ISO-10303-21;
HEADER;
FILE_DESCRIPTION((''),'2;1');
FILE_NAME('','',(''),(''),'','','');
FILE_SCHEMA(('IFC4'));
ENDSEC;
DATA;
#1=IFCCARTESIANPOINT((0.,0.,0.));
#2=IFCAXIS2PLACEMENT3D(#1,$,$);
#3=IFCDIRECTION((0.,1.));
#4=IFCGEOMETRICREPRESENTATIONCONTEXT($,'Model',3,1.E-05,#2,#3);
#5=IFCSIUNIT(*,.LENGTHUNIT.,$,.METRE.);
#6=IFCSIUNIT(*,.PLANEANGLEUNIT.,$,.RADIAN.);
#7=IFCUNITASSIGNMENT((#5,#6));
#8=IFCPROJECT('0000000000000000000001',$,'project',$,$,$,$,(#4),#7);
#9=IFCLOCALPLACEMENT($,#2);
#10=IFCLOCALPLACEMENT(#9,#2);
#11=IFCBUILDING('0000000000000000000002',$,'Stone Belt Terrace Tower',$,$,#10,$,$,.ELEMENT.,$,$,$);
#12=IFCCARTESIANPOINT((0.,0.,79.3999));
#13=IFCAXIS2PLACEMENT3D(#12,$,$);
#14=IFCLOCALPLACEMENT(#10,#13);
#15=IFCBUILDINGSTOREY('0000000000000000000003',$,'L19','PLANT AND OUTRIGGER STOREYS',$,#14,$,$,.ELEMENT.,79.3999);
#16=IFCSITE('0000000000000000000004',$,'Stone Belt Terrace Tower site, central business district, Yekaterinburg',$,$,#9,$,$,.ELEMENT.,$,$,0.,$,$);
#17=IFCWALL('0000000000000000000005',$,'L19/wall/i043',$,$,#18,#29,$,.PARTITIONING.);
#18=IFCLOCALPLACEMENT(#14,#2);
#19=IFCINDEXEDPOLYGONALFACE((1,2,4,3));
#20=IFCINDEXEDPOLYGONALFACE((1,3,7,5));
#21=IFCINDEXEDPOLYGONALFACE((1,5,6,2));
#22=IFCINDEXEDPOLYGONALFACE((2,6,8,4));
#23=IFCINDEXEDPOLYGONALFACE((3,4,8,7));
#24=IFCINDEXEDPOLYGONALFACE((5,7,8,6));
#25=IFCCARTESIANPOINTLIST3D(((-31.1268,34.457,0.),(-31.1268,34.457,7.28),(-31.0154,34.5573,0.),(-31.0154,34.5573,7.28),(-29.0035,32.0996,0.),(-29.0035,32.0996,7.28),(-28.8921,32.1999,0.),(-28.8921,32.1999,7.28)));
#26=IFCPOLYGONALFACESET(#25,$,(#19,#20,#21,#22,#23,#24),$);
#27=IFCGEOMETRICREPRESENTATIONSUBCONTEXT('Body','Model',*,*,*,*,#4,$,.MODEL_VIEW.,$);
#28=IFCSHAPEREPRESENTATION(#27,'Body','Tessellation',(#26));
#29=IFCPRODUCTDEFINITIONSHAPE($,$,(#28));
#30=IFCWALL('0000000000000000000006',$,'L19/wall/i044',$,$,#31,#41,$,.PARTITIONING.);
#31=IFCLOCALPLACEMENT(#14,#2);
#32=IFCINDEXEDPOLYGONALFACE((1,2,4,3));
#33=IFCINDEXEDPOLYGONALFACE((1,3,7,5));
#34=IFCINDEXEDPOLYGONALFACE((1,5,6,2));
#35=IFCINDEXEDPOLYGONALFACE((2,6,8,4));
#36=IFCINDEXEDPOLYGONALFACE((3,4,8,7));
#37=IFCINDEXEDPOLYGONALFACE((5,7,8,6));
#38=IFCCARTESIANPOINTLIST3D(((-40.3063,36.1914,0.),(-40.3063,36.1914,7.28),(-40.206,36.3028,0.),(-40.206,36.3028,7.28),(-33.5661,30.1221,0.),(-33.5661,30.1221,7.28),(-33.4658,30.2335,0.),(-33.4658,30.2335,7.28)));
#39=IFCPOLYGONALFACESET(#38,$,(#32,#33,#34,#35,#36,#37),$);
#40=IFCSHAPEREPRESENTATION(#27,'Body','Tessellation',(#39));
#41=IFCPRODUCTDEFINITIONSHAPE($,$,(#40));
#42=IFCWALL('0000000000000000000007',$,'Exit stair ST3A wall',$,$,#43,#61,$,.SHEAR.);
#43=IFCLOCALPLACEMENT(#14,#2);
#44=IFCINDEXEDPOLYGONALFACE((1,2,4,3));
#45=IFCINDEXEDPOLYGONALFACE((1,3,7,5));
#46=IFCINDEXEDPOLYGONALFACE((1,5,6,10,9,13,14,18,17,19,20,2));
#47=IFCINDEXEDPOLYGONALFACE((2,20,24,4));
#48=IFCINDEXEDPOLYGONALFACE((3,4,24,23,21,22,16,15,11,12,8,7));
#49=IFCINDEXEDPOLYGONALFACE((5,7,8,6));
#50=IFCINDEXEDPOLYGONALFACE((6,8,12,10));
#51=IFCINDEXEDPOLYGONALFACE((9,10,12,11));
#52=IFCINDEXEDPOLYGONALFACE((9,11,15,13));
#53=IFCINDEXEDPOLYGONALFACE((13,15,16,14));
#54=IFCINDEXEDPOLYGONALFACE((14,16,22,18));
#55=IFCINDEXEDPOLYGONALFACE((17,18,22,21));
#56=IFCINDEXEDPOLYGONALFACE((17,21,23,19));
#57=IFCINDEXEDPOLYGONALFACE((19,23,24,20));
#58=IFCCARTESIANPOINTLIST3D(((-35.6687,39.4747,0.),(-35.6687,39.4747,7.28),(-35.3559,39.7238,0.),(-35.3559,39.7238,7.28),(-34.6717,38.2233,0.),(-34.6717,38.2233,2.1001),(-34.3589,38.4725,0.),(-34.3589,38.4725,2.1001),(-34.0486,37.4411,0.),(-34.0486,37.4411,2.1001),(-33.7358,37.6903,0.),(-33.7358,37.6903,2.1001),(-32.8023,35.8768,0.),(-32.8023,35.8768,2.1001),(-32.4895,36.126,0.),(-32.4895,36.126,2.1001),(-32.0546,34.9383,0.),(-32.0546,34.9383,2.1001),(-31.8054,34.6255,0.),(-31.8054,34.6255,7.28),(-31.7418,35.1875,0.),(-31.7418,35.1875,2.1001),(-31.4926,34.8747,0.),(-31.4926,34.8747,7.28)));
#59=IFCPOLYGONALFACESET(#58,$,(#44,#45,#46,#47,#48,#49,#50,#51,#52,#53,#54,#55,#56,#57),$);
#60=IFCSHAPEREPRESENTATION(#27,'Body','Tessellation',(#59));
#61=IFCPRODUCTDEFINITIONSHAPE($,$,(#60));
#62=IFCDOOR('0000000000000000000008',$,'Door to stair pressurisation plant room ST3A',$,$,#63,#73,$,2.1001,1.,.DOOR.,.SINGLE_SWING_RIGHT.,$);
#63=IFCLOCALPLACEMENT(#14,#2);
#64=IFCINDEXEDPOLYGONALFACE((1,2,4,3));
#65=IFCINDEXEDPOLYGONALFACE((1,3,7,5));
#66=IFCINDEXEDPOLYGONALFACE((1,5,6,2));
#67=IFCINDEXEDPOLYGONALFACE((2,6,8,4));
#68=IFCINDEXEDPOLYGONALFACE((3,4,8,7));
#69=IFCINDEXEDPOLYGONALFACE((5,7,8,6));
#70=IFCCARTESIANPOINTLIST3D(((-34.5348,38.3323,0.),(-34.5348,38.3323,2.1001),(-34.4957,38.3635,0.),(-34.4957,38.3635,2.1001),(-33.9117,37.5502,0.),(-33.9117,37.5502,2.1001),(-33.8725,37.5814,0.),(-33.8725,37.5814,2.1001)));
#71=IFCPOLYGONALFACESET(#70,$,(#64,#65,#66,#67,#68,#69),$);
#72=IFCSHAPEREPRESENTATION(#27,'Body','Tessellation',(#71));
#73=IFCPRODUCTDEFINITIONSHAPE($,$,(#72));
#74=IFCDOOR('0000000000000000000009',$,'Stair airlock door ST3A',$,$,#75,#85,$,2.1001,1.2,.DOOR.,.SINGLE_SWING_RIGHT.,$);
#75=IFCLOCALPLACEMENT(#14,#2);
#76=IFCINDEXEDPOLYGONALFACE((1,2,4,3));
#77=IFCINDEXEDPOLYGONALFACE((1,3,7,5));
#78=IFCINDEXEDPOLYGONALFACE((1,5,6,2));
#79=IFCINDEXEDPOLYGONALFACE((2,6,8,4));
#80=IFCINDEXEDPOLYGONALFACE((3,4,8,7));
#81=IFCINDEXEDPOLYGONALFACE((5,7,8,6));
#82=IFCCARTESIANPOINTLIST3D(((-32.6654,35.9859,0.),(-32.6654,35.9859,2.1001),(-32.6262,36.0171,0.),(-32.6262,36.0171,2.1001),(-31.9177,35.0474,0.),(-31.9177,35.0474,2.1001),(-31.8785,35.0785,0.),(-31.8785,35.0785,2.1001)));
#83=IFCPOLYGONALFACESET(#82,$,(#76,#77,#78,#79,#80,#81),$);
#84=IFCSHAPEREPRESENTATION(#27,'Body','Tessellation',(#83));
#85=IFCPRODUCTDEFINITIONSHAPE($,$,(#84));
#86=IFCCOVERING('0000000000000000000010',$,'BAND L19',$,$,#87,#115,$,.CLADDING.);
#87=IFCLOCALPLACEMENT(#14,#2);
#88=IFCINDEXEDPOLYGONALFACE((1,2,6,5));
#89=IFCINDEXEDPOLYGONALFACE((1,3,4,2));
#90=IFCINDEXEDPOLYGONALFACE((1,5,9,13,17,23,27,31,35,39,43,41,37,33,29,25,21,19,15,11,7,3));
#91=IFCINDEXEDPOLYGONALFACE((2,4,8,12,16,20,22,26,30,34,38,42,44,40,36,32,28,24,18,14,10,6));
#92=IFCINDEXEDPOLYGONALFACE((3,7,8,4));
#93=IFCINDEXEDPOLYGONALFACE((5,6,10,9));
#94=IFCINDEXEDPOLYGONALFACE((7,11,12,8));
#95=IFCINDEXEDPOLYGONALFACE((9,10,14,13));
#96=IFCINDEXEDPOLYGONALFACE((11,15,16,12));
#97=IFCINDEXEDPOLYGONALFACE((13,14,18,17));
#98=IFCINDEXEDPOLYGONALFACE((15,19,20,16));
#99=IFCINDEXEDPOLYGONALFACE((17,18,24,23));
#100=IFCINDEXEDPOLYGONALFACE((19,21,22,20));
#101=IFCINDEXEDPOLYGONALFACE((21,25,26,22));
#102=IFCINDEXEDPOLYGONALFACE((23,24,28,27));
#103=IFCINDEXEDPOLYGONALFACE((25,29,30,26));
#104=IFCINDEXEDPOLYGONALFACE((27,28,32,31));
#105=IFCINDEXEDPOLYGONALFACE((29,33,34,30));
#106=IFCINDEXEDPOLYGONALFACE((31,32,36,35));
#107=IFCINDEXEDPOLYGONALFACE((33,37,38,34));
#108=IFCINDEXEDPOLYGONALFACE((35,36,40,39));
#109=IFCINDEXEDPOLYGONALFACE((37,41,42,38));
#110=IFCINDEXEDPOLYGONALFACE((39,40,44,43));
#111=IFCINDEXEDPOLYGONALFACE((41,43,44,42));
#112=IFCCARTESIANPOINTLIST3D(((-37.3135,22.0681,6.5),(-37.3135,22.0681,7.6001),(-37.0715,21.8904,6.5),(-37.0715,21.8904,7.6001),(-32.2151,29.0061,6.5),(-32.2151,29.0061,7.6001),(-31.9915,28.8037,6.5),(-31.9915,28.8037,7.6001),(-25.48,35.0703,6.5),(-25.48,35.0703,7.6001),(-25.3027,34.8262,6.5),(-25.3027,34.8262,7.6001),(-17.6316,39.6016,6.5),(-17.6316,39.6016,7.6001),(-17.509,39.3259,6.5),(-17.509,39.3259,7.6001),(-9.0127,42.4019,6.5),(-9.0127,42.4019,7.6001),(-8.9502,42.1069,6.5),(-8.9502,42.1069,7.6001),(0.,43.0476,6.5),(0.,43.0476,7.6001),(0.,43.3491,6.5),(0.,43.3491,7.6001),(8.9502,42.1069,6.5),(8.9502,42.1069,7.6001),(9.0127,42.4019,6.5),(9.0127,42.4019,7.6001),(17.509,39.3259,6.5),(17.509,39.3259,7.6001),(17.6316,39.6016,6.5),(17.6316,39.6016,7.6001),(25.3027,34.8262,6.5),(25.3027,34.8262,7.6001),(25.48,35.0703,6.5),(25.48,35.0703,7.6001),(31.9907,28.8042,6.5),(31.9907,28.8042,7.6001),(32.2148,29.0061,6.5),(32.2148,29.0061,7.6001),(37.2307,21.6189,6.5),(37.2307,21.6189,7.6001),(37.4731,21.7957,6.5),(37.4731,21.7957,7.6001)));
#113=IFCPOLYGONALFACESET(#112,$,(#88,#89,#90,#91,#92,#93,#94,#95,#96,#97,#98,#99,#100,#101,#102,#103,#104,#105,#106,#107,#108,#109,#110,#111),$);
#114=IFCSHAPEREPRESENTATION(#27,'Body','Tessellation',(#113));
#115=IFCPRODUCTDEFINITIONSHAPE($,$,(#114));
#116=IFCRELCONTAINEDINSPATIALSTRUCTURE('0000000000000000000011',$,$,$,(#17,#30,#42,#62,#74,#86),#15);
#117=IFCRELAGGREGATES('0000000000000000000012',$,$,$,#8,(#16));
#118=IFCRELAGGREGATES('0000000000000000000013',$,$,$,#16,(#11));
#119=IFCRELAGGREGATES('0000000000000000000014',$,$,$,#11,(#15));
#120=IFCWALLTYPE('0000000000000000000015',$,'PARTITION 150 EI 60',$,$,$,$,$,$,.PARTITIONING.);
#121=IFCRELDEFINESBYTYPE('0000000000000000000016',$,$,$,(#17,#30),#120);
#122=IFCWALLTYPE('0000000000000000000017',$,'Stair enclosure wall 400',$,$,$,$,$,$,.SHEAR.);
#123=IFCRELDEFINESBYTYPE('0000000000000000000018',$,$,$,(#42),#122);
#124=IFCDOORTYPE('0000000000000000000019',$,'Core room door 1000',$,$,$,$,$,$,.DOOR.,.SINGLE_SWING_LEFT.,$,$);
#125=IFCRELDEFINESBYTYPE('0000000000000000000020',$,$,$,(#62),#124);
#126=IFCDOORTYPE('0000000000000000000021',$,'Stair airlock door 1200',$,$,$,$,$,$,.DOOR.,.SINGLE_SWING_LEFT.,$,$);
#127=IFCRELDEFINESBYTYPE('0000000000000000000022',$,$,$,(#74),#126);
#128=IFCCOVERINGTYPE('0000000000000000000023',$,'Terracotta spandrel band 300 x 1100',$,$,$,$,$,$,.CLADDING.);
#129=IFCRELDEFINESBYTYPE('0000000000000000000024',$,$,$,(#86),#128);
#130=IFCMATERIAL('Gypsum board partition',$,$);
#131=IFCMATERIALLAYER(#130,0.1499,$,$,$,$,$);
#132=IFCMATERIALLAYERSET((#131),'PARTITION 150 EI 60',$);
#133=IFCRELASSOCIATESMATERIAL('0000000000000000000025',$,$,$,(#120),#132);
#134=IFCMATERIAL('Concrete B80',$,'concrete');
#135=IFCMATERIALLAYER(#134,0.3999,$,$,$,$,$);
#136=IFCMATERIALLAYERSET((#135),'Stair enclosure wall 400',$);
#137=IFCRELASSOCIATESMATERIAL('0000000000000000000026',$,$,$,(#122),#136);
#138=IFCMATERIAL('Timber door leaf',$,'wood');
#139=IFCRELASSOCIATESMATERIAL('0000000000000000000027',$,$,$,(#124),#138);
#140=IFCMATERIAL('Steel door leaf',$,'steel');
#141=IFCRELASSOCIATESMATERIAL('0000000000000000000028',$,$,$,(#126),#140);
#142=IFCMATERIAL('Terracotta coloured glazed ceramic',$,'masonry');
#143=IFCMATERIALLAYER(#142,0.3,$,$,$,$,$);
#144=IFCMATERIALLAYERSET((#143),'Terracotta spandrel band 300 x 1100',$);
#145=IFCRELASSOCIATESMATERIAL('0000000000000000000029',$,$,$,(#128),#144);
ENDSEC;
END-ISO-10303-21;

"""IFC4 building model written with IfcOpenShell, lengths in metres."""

from ifc_helpers import new_model, si_unit, direction, frame, frame_2d, origin, place, context, subcontext, project, spatial, polyline, rectangle, outline, extrude, material, layer, layer_set, type_object, element, fill, save


model = new_model("IFC4")

# Units and contexts
model_context = context("Model", 3, precision=1e-05, world=origin(), true_north=direction((0.0, 1.0)))
body_context = subcontext(model_context, "Body", "Model", "MODEL_VIEW")
ifc_project = project(units=[si_unit("LENGTHUNIT", "METRE"), si_unit("PLANEANGLEUNIT", "RADIAN")], contexts=[model_context])

# Site, building, storey
site_placement = place(None, origin())
site = spatial("IfcSite", under=ifc_project, at=site_placement, Name="Stone Belt Terrace Tower site, central business district, Yekaterinburg", CompositionType="ELEMENT", RefElevation=0.0)
building_placement = place(site_placement, origin())
building = spatial("IfcBuilding", under=site, at=building_placement, Name="Stone Belt Terrace Tower", CompositionType="ELEMENT")
storey_placement = place(building_placement, frame((0.0, 0.0, 79.3999)))
storey = spatial("IfcBuildingStorey", under=building, at=storey_placement, Name="L19", Description="PLANT AND OUTRIGGER STOREYS", CompositionType="ELEMENT", Elevation=79.3999)

# Shared definitions
ifc_material_1 = material(Name="Concrete B80", Category="concrete")

# Shared definitions
ifc_material_2 = material(Name="Terracotta coloured glazed ceramic", Category="masonry")

# Shared definitions
ifc_material_3 = material(Name="Gypsum board partition")
ifc_layer_1 = layer(ifc_material_3, 0.1499)
ifc_layer_set_1 = layer_set([ifc_layer_1], Name="PARTITION 150 EI 60")
wall_type_1 = type_object("IfcWallType", Name="PARTITION 150 EI 60", PredefinedType="PARTITIONING", material=ifc_layer_set_1)

# Walls
wall_1_placement = place(storey_placement, frame((-28.9478, 32.1497, 0.0), z_axis=(0.0, 0.0, 1.0), x_axis=(-0.669245, 0.743042, 0.0)))
element("IfcWall", 1, at=wall_1_placement, inside=storey, type_object=wall_type_1, Name="L19/wall/i043", PredefinedType="PARTITIONING", context=body_context, shape_type="SweptSolid", body=[
    extrude(rectangle(XDim=3.1726, YDim=0.1499, at=frame_2d((1.5864, 0.0))), origin(), (0.0, 0.0, 1.0), 7.28),
])
wall_2_placement = place(storey_placement, frame((-33.5159, 30.1777, 0.0), z_axis=(0.0, 0.0, 1.0), x_axis=(-0.743123, 0.669155, 0.0)))
element("IfcWall", 2, at=wall_2_placement, inside=storey, type_object=wall_type_1, Name="L19/wall/i044", PredefinedType="PARTITIONING", context=body_context, shape_type="SweptSolid", body=[
    extrude(rectangle(XDim=9.0701, YDim=0.1499, at=frame_2d((4.5352, 0.0))), origin(), (0.0, 0.0, 1.0), 7.28),
])

# Wall, openings, doors
ifc_layer_2 = layer(ifc_material_1, 0.3999)
ifc_layer_set_2 = layer_set([ifc_layer_2], Name="Stair enclosure wall 400")
wall_type_2 = type_object("IfcWallType", Name="Stair enclosure wall 400", PredefinedType="SHEAR", material=ifc_layer_set_2)
wall_3_placement = place(storey_placement, frame((-31.6489, 34.75, 0.0), z_axis=(0.0, 0.0, 1.0), x_axis=(-0.623119, 0.782127, 0.0)))
wall_3 = element("IfcWall", 3, at=wall_3_placement, inside=storey, type_object=wall_type_2, Name="Exit stair ST3A wall", PredefinedType="SHEAR", context=body_context, shape_type="SweptSolid", body=[
    extrude(rectangle(XDim=6.2, YDim=0.3999, at=frame_2d((3.1001, 0.0))), origin(), (0.0, 0.0, 1.0), 7.28),
])
opening_1_placement = place(wall_3_placement, frame((0.3999, 0.0, 0.0)))
opening_1 = element("IfcOpeningElement", 4, at=opening_1_placement, cuts=wall_3, PredefinedType="OPENING", context=body_context, shape_type="SweptSolid", body=[
    extrude(rectangle(XDim=1.2, YDim=2.1001, at=frame_2d((0.6001, 1.05))), frame((0.0, 0.21, 0.0), z_axis=(0.0, -1.0, 0.0), x_axis=(1.0, 0.0, 0.0)), (0.0, 0.0, 1.0), 0.4199),
])
opening_2_placement = place(wall_3_placement, frame((3.6001, 0.0, 0.0)))
opening_2 = element("IfcOpeningElement", 5, at=opening_2_placement, cuts=wall_3, PredefinedType="OPENING", context=body_context, shape_type="SweptSolid", body=[
    extrude(rectangle(XDim=1.0, YDim=2.1001, at=frame_2d((0.5, 1.05))), frame((0.0, 0.21, 0.0), z_axis=(0.0, -1.0, 0.0), x_axis=(1.0, 0.0, 0.0)), (0.0, 0.0, 1.0), 0.4199),
])
ifc_material_4 = material(Name="Timber door leaf", Category="wood")
door_type_1 = type_object("IfcDoorType", Name="Core room door 1000", OperationType="SINGLE_SWING_LEFT", PredefinedType="DOOR", material=ifc_material_4)
door_1_placement = place(opening_2_placement, origin())
door_1 = element("IfcDoor", 6, at=door_1_placement, inside=storey, type_object=door_type_1, Name="Door to stair pressurisation plant room ST3A", OperationType="SINGLE_SWING_RIGHT", OverallHeight=2.1001, OverallWidth=1.0, PredefinedType="DOOR", context=body_context, shape_type="SweptSolid", body=[
    extrude(rectangle(XDim=1.0, YDim=2.1001, at=frame_2d((0.5, 1.05))), frame((0.0, 0.0249, 0.0), z_axis=(0.0, -1.0, 0.0), x_axis=(1.0, 0.0, 0.0)), (0.0, 0.0, 1.0), 0.05),
])
fill(opening_2, door_1)
ifc_material_5 = material(Name="Steel door leaf", Category="steel")
door_type_2 = type_object("IfcDoorType", Name="Stair airlock door 1200", OperationType="SINGLE_SWING_LEFT", PredefinedType="DOOR", material=ifc_material_5)
door_2_placement = place(opening_1_placement, origin())
door_2 = element("IfcDoor", 7, at=door_2_placement, inside=storey, type_object=door_type_2, Name="Stair airlock door ST3A", OperationType="SINGLE_SWING_RIGHT", OverallHeight=2.1001, OverallWidth=1.2, PredefinedType="DOOR", context=body_context, shape_type="SweptSolid", body=[
    extrude(rectangle(XDim=1.2, YDim=2.1001, at=frame_2d((0.6001, 1.05))), frame((0.0, 0.0249, 0.0), z_axis=(0.0, -1.0, 0.0), x_axis=(1.0, 0.0, 0.0)), (0.0, 0.0, 1.0), 0.05),
])
fill(opening_1, door_2)

# Covering
ifc_layer_3 = layer(ifc_material_2, 0.3)
ifc_layer_set_3 = layer_set([ifc_layer_3], Name="Terracotta spandrel band 300 x 1100")
covering_type = type_object("IfcCoveringType", Name="Terracotta spandrel band 300 x 1100", PredefinedType="CLADDING", material=ifc_layer_set_3)
covering_placement = place(storey_placement, frame((0.0, 0.0, 6.5)))
element("IfcCovering", 8, at=covering_placement, inside=storey, type_object=covering_type, Name="BAND L19", PredefinedType="CLADDING", context=body_context, shape_type="SweptSolid", body=[
    extrude(outline(polyline([(-37.3135, 22.0681), (-32.2151, 29.0061), (-25.48, 35.0703), (-17.6316, 39.6016), (-9.0127, 42.4019), (0.0, 43.3491), (9.0127, 42.4019), (17.6316, 39.6016), (25.48, 35.0703), (32.2148, 29.0061), (37.4731, 21.7957), (37.2307, 21.6189), (31.9907, 28.8042), (25.3027, 34.8262), (17.509, 39.3259), (8.9502, 42.1069), (0.0, 43.0476), (-8.9502, 42.1069), (-17.509, 39.3259), (-25.3027, 34.8262), (-31.9915, 28.8037), (-37.0715, 21.8904), (-37.3135, 22.0681)])), origin(), (0.0, 0.0, 1.0), 1.1001),
])

save(model, "model.ifc")
